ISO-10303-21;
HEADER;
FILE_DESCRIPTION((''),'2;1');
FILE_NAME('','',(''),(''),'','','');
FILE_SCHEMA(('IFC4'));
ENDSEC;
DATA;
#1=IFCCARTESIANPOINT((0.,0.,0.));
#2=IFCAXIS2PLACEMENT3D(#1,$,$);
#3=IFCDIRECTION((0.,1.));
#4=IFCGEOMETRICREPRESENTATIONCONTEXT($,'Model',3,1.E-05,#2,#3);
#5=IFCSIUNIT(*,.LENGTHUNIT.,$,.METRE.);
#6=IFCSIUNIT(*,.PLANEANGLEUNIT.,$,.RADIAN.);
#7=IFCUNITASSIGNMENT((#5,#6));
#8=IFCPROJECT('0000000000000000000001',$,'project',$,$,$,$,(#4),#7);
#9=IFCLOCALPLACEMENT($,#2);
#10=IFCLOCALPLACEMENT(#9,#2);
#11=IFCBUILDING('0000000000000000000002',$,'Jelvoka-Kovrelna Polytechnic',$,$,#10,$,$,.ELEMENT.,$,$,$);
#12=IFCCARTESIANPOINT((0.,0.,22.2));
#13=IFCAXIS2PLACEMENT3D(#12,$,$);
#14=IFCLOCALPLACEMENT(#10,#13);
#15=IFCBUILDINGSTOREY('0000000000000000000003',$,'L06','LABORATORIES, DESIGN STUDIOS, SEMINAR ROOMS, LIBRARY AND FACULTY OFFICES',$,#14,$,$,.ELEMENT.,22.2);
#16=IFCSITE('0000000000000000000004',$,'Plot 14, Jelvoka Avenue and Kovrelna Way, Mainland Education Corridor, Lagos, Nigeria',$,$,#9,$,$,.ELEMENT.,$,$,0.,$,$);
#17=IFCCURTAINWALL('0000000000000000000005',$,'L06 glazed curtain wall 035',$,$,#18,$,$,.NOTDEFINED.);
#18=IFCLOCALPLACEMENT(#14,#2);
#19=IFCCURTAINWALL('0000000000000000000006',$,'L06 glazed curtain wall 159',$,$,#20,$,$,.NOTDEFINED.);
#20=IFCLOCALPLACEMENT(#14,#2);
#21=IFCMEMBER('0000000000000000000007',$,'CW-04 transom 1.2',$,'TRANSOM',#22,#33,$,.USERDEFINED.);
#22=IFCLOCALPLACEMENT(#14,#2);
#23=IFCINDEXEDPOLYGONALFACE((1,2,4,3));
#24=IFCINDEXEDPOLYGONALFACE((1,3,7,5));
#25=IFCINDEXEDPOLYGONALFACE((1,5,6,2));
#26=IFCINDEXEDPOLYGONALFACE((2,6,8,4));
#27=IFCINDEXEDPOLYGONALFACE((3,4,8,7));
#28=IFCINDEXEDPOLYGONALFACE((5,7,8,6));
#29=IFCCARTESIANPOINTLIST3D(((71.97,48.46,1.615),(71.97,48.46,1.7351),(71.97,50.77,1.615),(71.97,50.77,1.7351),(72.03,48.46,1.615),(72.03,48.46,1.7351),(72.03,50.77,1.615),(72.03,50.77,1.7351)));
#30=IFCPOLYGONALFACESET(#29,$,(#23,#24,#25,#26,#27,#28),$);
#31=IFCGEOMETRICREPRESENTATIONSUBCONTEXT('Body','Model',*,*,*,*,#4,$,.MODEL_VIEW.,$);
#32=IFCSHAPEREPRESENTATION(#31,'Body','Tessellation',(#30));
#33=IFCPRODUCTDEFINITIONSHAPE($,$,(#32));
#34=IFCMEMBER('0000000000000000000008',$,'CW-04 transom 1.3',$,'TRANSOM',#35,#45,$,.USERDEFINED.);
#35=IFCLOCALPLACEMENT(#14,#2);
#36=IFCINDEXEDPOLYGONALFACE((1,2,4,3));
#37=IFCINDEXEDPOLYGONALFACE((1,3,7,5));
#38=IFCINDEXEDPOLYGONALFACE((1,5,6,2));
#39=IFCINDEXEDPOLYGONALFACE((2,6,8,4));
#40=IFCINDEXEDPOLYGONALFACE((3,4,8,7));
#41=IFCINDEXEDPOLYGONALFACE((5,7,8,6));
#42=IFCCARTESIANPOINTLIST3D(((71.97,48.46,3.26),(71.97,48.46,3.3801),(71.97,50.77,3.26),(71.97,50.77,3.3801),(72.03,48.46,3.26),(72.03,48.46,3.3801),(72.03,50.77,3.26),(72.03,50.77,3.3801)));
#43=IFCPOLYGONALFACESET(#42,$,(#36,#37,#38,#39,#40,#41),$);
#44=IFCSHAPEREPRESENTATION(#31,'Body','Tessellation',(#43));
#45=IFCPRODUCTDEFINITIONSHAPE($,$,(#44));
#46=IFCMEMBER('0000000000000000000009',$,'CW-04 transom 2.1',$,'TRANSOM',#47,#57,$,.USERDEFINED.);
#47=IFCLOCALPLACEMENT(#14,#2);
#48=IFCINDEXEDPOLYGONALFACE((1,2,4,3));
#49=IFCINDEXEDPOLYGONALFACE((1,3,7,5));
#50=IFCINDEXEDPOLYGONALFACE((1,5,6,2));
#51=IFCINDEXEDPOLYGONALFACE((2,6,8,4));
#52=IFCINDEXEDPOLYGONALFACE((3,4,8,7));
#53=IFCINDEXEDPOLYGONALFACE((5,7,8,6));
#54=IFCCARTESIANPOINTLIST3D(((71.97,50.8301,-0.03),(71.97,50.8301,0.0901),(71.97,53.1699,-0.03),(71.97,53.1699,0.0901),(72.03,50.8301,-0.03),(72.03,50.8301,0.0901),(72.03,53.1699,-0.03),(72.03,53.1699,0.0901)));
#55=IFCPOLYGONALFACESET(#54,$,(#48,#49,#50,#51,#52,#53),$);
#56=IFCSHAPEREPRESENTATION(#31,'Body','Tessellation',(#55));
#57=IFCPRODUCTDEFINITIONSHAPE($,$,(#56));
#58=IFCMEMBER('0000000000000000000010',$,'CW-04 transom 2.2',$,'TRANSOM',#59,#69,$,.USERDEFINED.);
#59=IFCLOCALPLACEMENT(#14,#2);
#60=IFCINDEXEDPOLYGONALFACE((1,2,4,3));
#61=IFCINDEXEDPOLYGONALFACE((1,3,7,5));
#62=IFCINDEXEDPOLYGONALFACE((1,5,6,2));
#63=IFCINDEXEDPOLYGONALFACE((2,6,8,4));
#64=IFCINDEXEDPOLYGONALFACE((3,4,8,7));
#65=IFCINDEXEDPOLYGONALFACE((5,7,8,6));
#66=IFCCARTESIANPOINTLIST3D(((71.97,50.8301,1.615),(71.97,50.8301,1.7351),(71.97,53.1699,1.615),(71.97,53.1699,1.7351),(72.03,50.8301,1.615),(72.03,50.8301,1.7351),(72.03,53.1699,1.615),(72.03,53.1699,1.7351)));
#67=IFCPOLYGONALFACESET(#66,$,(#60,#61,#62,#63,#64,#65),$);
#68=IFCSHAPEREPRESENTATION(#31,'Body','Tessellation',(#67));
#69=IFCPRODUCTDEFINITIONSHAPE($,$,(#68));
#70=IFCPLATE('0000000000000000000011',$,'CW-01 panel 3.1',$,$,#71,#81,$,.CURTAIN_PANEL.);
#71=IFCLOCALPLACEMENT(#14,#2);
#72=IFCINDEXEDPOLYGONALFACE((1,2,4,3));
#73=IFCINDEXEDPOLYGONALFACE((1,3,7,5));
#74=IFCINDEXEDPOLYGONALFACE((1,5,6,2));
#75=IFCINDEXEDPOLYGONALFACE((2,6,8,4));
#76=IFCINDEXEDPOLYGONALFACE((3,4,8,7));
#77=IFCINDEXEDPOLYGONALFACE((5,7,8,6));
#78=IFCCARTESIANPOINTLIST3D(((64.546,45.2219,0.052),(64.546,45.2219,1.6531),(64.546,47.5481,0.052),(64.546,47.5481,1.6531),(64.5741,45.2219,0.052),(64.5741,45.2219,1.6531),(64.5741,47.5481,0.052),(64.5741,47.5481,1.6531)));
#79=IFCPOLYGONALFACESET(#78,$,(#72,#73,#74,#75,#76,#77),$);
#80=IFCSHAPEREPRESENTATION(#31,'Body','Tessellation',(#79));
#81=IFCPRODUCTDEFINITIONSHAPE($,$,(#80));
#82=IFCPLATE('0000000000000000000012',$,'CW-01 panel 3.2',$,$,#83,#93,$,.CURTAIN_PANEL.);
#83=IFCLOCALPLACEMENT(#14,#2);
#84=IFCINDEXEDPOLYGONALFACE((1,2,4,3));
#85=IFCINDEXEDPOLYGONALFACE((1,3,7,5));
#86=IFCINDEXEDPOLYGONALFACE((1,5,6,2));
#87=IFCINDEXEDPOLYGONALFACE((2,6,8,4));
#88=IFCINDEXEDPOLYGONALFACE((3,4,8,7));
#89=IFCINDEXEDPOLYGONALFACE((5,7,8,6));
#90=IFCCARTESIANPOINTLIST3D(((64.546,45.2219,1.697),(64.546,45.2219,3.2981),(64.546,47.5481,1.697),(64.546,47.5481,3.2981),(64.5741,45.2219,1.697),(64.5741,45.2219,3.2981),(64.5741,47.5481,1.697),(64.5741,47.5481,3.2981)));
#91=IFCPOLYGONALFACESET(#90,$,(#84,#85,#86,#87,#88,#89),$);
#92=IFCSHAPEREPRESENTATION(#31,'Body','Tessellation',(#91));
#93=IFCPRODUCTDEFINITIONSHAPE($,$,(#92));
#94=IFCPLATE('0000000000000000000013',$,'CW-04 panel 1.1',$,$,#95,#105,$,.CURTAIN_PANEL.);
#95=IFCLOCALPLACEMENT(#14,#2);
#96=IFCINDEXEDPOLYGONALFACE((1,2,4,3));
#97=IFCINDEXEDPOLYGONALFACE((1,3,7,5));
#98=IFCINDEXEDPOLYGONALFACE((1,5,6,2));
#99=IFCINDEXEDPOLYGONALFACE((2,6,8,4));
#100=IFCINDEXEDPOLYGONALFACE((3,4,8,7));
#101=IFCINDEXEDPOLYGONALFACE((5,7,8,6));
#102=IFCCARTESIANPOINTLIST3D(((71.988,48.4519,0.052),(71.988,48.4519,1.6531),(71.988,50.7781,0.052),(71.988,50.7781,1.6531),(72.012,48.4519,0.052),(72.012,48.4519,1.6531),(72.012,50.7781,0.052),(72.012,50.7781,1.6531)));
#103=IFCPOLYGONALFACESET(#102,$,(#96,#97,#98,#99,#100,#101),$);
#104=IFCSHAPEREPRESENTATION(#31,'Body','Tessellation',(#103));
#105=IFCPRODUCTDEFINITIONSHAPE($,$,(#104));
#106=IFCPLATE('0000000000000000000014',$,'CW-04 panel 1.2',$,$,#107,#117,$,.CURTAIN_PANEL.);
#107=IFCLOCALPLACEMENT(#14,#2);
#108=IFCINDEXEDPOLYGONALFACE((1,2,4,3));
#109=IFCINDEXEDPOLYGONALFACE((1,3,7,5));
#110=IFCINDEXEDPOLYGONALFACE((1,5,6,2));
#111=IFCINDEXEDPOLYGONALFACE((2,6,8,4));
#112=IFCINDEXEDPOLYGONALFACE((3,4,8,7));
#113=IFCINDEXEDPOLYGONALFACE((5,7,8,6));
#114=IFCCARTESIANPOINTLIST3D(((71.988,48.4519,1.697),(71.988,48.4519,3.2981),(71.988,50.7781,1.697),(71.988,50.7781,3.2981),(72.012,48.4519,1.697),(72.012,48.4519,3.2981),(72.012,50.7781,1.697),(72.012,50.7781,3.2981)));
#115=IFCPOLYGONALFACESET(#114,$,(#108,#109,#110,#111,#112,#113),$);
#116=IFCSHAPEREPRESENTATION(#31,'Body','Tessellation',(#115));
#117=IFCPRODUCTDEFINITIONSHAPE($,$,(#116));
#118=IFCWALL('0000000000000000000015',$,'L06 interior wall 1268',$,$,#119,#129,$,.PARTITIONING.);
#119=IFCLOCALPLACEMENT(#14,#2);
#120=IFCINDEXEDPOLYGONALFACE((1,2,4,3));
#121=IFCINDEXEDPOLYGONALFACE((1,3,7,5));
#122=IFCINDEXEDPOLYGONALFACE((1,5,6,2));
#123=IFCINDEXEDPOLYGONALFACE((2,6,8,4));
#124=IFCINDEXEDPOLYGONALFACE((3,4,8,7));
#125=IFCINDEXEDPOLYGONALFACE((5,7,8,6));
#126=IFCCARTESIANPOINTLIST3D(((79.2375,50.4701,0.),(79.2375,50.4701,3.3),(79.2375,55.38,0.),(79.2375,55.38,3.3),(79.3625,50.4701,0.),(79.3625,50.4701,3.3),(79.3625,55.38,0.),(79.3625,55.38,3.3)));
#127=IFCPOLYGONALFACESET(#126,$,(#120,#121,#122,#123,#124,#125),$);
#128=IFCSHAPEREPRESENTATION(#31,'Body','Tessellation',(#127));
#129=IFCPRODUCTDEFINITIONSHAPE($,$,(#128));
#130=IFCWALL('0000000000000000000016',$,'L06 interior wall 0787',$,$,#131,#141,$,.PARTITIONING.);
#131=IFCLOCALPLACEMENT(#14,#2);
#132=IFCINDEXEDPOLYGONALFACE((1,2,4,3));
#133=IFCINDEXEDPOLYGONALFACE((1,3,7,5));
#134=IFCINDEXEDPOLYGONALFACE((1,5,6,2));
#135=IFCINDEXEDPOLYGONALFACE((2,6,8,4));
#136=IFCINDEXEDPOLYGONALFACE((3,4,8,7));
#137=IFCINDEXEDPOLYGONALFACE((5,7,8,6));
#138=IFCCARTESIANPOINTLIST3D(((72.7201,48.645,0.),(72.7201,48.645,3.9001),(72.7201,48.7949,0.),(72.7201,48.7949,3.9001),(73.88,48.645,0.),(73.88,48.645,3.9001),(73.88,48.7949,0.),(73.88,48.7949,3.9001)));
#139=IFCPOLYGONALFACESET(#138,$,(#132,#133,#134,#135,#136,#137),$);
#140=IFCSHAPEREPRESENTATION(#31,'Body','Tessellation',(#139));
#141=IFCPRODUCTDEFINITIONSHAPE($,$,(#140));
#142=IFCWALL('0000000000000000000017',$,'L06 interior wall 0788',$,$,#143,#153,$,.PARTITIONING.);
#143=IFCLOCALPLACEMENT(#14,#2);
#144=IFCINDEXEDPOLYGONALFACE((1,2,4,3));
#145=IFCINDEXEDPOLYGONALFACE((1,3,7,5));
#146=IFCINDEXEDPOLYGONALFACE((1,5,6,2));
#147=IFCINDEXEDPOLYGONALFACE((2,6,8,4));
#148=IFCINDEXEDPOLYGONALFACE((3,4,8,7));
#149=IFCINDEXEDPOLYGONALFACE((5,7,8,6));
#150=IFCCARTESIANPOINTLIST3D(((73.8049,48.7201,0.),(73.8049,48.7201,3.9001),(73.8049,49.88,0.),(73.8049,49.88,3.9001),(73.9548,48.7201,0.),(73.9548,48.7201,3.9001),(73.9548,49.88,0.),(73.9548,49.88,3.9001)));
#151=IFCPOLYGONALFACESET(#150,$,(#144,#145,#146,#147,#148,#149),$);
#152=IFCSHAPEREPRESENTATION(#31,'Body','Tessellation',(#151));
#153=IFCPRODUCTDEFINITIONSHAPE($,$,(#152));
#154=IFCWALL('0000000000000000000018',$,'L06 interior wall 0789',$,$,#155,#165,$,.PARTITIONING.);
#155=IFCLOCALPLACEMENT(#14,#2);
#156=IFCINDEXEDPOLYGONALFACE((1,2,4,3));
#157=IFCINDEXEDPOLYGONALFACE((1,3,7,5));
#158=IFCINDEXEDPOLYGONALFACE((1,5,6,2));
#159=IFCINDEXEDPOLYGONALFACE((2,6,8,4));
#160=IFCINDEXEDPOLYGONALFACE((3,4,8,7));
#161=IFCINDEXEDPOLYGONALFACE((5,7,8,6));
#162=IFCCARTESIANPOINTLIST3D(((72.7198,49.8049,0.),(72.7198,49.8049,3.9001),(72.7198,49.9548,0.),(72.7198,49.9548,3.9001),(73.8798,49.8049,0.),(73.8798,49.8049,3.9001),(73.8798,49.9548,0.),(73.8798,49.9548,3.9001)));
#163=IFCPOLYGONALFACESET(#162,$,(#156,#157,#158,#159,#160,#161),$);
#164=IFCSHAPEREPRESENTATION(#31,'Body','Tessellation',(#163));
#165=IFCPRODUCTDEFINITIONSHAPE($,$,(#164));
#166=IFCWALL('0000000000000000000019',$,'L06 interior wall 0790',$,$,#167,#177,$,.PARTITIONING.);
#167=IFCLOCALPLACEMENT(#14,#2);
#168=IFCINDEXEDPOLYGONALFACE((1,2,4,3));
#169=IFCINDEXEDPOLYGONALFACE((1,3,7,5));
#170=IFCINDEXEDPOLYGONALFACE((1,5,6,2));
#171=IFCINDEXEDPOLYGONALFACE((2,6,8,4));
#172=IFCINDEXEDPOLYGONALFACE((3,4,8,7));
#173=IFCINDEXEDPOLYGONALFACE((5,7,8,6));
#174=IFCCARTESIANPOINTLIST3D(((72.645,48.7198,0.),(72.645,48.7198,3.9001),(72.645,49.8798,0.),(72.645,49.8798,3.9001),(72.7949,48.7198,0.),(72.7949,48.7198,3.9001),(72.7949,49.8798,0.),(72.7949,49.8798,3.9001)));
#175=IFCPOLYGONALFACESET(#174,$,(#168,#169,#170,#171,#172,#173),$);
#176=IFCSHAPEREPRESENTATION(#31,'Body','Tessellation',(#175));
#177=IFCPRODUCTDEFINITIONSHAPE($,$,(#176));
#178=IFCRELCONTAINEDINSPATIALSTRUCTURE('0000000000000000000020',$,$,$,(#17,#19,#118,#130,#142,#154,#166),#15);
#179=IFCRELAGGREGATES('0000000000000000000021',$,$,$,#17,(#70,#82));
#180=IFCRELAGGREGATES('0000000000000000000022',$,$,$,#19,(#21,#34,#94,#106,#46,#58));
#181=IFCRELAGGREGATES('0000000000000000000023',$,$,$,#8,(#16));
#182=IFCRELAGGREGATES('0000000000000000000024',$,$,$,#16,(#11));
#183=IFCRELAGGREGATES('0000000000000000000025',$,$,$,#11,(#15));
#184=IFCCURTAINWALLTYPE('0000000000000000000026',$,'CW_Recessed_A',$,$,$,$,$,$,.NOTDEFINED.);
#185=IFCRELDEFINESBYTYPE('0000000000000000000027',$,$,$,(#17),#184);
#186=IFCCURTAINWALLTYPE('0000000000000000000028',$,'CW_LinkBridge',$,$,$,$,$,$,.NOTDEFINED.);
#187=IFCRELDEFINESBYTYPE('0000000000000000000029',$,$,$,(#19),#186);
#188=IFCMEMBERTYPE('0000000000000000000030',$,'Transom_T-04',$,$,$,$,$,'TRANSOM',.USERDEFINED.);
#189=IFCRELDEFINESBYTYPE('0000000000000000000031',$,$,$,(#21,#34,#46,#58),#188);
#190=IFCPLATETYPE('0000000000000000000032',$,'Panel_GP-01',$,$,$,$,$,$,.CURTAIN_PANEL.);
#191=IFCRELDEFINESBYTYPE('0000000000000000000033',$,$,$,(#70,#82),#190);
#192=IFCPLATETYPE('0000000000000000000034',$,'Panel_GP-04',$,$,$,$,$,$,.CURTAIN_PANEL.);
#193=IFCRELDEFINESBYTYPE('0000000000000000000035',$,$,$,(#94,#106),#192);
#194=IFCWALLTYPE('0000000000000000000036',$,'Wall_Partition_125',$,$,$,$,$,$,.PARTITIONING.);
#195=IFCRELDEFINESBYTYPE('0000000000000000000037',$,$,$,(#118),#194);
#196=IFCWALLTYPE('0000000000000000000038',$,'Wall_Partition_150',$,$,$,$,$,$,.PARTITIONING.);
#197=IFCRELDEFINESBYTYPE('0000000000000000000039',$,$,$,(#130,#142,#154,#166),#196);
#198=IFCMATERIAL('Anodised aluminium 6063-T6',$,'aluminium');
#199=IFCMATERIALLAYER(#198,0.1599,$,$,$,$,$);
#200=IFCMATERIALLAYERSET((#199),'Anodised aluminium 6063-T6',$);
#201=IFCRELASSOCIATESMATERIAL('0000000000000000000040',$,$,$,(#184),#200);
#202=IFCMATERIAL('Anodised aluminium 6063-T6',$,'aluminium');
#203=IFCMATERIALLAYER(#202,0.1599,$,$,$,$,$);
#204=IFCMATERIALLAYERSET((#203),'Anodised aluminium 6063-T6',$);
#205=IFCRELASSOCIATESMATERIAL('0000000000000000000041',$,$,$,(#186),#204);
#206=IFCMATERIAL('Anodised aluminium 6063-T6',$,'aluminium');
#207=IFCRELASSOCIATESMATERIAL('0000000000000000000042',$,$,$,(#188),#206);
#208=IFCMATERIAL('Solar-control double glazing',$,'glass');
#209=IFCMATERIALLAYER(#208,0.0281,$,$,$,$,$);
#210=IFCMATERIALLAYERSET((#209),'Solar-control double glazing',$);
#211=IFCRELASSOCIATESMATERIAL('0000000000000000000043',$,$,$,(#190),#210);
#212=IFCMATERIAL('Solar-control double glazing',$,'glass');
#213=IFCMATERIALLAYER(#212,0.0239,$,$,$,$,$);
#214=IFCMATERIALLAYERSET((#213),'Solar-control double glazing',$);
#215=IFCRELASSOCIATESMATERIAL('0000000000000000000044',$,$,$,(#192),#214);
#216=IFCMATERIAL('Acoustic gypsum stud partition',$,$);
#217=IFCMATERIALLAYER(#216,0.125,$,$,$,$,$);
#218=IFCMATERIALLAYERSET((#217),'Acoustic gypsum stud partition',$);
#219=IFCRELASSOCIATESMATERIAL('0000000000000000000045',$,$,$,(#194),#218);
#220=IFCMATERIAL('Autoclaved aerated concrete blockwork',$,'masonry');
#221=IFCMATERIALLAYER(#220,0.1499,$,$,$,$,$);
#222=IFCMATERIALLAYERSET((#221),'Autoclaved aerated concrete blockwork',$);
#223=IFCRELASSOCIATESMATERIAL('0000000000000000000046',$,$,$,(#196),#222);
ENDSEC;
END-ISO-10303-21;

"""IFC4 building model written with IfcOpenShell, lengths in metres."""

from ifc_helpers import new_model, si_unit, direction, frame, frame_2d, origin, origin_2d, place, context, subcontext, project, spatial, rectangle, extrude, material, layer, layer_set, material_profile, profile_set, type_object, element, aggregate, save


model = new_model("IFC4")

# Units and contexts
model_context = context("Model", 3, precision=1e-05, world=origin(), true_north=direction((0.0, 1.0)))
body_context = subcontext(model_context, "Body", "Model", "MODEL_VIEW")
ifc_project = project(units=[si_unit("LENGTHUNIT", "METRE"), si_unit("PLANEANGLEUNIT", "RADIAN")], contexts=[model_context])

# Site, building, storey
site_placement = place(None, origin())
site = spatial("IfcSite", under=ifc_project, at=site_placement, Name="Plot 14, Jelvoka Avenue and Kovrelna Way, Mainland Education Corridor, Lagos, Nigeria", CompositionType="ELEMENT", RefElevation=0.0)
building_placement = place(site_placement, origin())
building = spatial("IfcBuilding", under=site, at=building_placement, Name="Jelvoka-Kovrelna Polytechnic", CompositionType="ELEMENT")
storey_placement = place(building_placement, frame((0.0, 0.0, 22.2)))
storey = spatial("IfcBuildingStorey", under=building, at=storey_placement, Name="L06", Description="LABORATORIES, DESIGN STUDIOS, SEMINAR ROOMS, LIBRARY AND FACULTY OFFICES", CompositionType="ELEMENT", Elevation=22.2)

# Curtain wall
ifc_material_1 = material(Name="Anodised aluminium 6063-T6", Category="aluminium")
ifc_layer_1 = layer(ifc_material_1, 0.1599)
ifc_layer_set_1 = layer_set([ifc_layer_1], Name="Anodised aluminium 6063-T6")
curtain_wall_type_1 = type_object("IfcCurtainWallType", Name="CW_Recessed_A", PredefinedType="NOTDEFINED", material=ifc_layer_set_1)
curtain_wall_1_placement = place(storey_placement, origin())
curtain_wall_1 = element("IfcCurtainWall", 1, at=curtain_wall_1_placement, inside=storey, type_object=curtain_wall_type_1, Name="L06 glazed curtain wall 035", PredefinedType="NOTDEFINED")

# Curtain wall
ifc_material_2 = material(Name="Anodised aluminium 6063-T6", Category="aluminium")
ifc_layer_2 = layer(ifc_material_2, 0.1599)
ifc_layer_set_2 = layer_set([ifc_layer_2], Name="Anodised aluminium 6063-T6")
curtain_wall_type_2 = type_object("IfcCurtainWallType", Name="CW_LinkBridge", PredefinedType="NOTDEFINED", material=ifc_layer_set_2)
curtain_wall_2_placement = place(storey_placement, origin())
curtain_wall_2 = element("IfcCurtainWall", 2, at=curtain_wall_2_placement, inside=storey, type_object=curtain_wall_type_2, Name="L06 glazed curtain wall 159", PredefinedType="NOTDEFINED")

# Members
ifc_material_3 = material(Name="Anodised aluminium 6063-T6", Category="aluminium")
ifc_material_profile_1 = material_profile(ifc_material_3, rectangle(XDim=0.0601, YDim=0.1201, at=origin_2d()), Name="ALU 60x120")
ifc_profile_set_1 = profile_set([ifc_material_profile_1], Name="Anodised aluminium 6063-T6")
member_type_1 = type_object("IfcMemberType", Name="Transom_T-04", ElementType="TRANSOM", PredefinedType="USERDEFINED", material=ifc_profile_set_1)
member_1_placement = place(storey_placement, frame((72.0, 48.46, 1.675), z_axis=(0.0, 1.0, 0.0), x_axis=(-1.0, 0.0, 0.0)))
member_1 = element("IfcMember", 3, at=member_1_placement, type_object=member_type_1, Name="CW-04 transom 1.2", ObjectType="TRANSOM", PredefinedType="USERDEFINED", context=body_context, shape_type="SweptSolid", body=[
    extrude(rectangle(XDim=0.0601, YDim=0.1201, at=origin_2d()), origin(), (0.0, 0.0, 1.0), 2.3101),
])
member_2_placement = place(storey_placement, frame((72.0, 48.46, 3.3201), z_axis=(0.0, 1.0, 0.0), x_axis=(-1.0, 0.0, 0.0)))
member_2 = element("IfcMember", 4, at=member_2_placement, type_object=member_type_1, Name="CW-04 transom 1.3", ObjectType="TRANSOM", PredefinedType="USERDEFINED", context=body_context, shape_type="SweptSolid", body=[
    extrude(rectangle(XDim=0.0601, YDim=0.1201, at=origin_2d()), origin(), (0.0, 0.0, 1.0), 2.3101),
])
member_3_placement = place(storey_placement, frame((72.0, 50.8301, 0.03), z_axis=(0.0, 1.0, 0.0), x_axis=(-1.0, 0.0, 0.0)))
member_3 = element("IfcMember", 5, at=member_3_placement, type_object=member_type_1, Name="CW-04 transom 2.1", ObjectType="TRANSOM", PredefinedType="USERDEFINED", context=body_context, shape_type="SweptSolid", body=[
    extrude(rectangle(XDim=0.0601, YDim=0.1201, at=origin_2d()), origin(), (0.0, 0.0, 1.0), 2.3398),
])
member_4_placement = place(storey_placement, frame((72.0, 50.8301, 1.675), z_axis=(0.0, 1.0, 0.0), x_axis=(-1.0, 0.0, 0.0)))
member_4 = element("IfcMember", 6, at=member_4_placement, type_object=member_type_1, Name="CW-04 transom 2.2", ObjectType="TRANSOM", PredefinedType="USERDEFINED", context=body_context, shape_type="SweptSolid", body=[
    extrude(rectangle(XDim=0.0601, YDim=0.1201, at=origin_2d()), origin(), (0.0, 0.0, 1.0), 2.3398),
])

# Plates
ifc_material_4 = material(Name="Solar-control double glazing", Category="glass")
ifc_layer_3 = layer(ifc_material_4, 0.0281)
ifc_layer_set_3 = layer_set([ifc_layer_3], Name="Solar-control double glazing")
plate_type_1 = type_object("IfcPlateType", Name="Panel_GP-01", PredefinedType="CURTAIN_PANEL", material=ifc_layer_set_3)
plate_1_placement = place(storey_placement, frame((64.5601, 46.385, 0.052), z_axis=(0.0, 0.0, 1.0), x_axis=(0.0, 1.0, 0.0)))
plate_1 = element("IfcPlate", 7, at=plate_1_placement, type_object=plate_type_1, Name="CW-01 panel 3.1", PredefinedType="CURTAIN_PANEL", context=body_context, shape_type="SweptSolid", body=[
    extrude(rectangle(XDim=2.3262, YDim=0.0281, at=origin_2d()), origin(), (0.0, 0.0, 1.0), 1.6011),
])
plate_2_placement = place(storey_placement, frame((64.5601, 46.385, 1.697), z_axis=(0.0, 0.0, 1.0), x_axis=(0.0, 1.0, 0.0)))
plate_2 = element("IfcPlate", 8, at=plate_2_placement, type_object=plate_type_1, Name="CW-01 panel 3.2", PredefinedType="CURTAIN_PANEL", context=body_context, shape_type="SweptSolid", body=[
    extrude(rectangle(XDim=2.3262, YDim=0.0281, at=origin_2d()), origin(), (0.0, 0.0, 1.0), 1.6011),
])
aggregate(curtain_wall_1, [plate_1, plate_2])
ifc_material_5 = material(Name="Solar-control double glazing", Category="glass")
ifc_layer_4 = layer(ifc_material_5, 0.0239)
ifc_layer_set_4 = layer_set([ifc_layer_4], Name="Solar-control double glazing")
plate_type_2 = type_object("IfcPlateType", Name="Panel_GP-04", PredefinedType="CURTAIN_PANEL", material=ifc_layer_set_4)
plate_3_placement = place(storey_placement, frame((72.0, 49.615, 0.052), z_axis=(0.0, 0.0, 1.0), x_axis=(0.0, 1.0, 0.0)))
plate_3 = element("IfcPlate", 9, at=plate_3_placement, type_object=plate_type_2, Name="CW-04 panel 1.1", PredefinedType="CURTAIN_PANEL", context=body_context, shape_type="SweptSolid", body=[
    extrude(rectangle(XDim=2.3262, YDim=0.0239, at=origin_2d()), origin(), (0.0, 0.0, 1.0), 1.6011),
])
plate_4_placement = place(storey_placement, frame((72.0, 49.615, 1.697), z_axis=(0.0, 0.0, 1.0), x_axis=(0.0, 1.0, 0.0)))
plate_4 = element("IfcPlate", 10, at=plate_4_placement, type_object=plate_type_2, Name="CW-04 panel 1.2", PredefinedType="CURTAIN_PANEL", context=body_context, shape_type="SweptSolid", body=[
    extrude(rectangle(XDim=2.3262, YDim=0.0239, at=origin_2d()), origin(), (0.0, 0.0, 1.0), 1.6011),
])
aggregate(curtain_wall_2, [member_1, member_2, plate_3, plate_4, member_3, member_4])

# Walls
ifc_material_6 = material(Name="Acoustic gypsum stud partition")
ifc_layer_5 = layer(ifc_material_6, 0.125)
ifc_layer_set_5 = layer_set([ifc_layer_5], Name="Acoustic gypsum stud partition")
wall_type_1 = type_object("IfcWallType", Name="Wall_Partition_125", PredefinedType="PARTITIONING", material=ifc_layer_set_5)
wall_placement = place(storey_placement, frame((79.3, 50.47, 0.0), z_axis=(0.0, 0.0, 1.0), x_axis=(0.0, 1.0, 0.0)))
element("IfcWall", 11, at=wall_placement, inside=storey, type_object=wall_type_1, Name="L06 interior wall 1268", PredefinedType="PARTITIONING", context=body_context, shape_type="SweptSolid", body=[
    extrude(rectangle(XDim=4.9099, YDim=0.125, at=frame_2d((2.4551, 0.0))), origin(), (0.0, 0.0, 1.0), 3.3),
])
ifc_material_7 = material(Name="Autoclaved aerated concrete blockwork", Category="masonry")
ifc_layer_6 = layer(ifc_material_7, 0.1499)
ifc_layer_set_6 = layer_set([ifc_layer_6], Name="Autoclaved aerated concrete blockwork")
wall_type_2 = type_object("IfcWallType", Name="Wall_Partition_150", PredefinedType="PARTITIONING", material=ifc_layer_set_6)
for number, where, z_axis, x_axis, name in (
    (12, (72.72, 48.72, 0.0), (0.0, 0.0, 1.0), (1.0, 0.0, 0.0), "L06 interior wall 0787"),
    (13, (73.8799, 48.72, 0.0), (0.0, 0.0, 1.0), (0.0, 1.0, 0.0), "L06 interior wall 0788"),
    (14, (73.8799, 49.8799, 0.0), (0.0, 0.0, 1.0), (-1.0, 0.0, 0.0), "L06 interior wall 0789"),
    (15, (72.72, 49.8799, 0.0), (0.0, 0.0, 1.0), (0.0, -1.0, 0.0), "L06 interior wall 0790"),
):
    element("IfcWall", number, at=place(storey_placement, frame(where, z_axis=z_axis, x_axis=x_axis)), inside=storey, type_object=wall_type_2, Name=name, PredefinedType="PARTITIONING", context=body_context, shape_type="SweptSolid", body=[
        extrude(rectangle(XDim=1.1599, YDim=0.1499, at=frame_2d((0.5801, 0.0))), origin(), (0.0, 0.0, 1.0), 3.9001),
    ])

save(model, "model.ifc")
